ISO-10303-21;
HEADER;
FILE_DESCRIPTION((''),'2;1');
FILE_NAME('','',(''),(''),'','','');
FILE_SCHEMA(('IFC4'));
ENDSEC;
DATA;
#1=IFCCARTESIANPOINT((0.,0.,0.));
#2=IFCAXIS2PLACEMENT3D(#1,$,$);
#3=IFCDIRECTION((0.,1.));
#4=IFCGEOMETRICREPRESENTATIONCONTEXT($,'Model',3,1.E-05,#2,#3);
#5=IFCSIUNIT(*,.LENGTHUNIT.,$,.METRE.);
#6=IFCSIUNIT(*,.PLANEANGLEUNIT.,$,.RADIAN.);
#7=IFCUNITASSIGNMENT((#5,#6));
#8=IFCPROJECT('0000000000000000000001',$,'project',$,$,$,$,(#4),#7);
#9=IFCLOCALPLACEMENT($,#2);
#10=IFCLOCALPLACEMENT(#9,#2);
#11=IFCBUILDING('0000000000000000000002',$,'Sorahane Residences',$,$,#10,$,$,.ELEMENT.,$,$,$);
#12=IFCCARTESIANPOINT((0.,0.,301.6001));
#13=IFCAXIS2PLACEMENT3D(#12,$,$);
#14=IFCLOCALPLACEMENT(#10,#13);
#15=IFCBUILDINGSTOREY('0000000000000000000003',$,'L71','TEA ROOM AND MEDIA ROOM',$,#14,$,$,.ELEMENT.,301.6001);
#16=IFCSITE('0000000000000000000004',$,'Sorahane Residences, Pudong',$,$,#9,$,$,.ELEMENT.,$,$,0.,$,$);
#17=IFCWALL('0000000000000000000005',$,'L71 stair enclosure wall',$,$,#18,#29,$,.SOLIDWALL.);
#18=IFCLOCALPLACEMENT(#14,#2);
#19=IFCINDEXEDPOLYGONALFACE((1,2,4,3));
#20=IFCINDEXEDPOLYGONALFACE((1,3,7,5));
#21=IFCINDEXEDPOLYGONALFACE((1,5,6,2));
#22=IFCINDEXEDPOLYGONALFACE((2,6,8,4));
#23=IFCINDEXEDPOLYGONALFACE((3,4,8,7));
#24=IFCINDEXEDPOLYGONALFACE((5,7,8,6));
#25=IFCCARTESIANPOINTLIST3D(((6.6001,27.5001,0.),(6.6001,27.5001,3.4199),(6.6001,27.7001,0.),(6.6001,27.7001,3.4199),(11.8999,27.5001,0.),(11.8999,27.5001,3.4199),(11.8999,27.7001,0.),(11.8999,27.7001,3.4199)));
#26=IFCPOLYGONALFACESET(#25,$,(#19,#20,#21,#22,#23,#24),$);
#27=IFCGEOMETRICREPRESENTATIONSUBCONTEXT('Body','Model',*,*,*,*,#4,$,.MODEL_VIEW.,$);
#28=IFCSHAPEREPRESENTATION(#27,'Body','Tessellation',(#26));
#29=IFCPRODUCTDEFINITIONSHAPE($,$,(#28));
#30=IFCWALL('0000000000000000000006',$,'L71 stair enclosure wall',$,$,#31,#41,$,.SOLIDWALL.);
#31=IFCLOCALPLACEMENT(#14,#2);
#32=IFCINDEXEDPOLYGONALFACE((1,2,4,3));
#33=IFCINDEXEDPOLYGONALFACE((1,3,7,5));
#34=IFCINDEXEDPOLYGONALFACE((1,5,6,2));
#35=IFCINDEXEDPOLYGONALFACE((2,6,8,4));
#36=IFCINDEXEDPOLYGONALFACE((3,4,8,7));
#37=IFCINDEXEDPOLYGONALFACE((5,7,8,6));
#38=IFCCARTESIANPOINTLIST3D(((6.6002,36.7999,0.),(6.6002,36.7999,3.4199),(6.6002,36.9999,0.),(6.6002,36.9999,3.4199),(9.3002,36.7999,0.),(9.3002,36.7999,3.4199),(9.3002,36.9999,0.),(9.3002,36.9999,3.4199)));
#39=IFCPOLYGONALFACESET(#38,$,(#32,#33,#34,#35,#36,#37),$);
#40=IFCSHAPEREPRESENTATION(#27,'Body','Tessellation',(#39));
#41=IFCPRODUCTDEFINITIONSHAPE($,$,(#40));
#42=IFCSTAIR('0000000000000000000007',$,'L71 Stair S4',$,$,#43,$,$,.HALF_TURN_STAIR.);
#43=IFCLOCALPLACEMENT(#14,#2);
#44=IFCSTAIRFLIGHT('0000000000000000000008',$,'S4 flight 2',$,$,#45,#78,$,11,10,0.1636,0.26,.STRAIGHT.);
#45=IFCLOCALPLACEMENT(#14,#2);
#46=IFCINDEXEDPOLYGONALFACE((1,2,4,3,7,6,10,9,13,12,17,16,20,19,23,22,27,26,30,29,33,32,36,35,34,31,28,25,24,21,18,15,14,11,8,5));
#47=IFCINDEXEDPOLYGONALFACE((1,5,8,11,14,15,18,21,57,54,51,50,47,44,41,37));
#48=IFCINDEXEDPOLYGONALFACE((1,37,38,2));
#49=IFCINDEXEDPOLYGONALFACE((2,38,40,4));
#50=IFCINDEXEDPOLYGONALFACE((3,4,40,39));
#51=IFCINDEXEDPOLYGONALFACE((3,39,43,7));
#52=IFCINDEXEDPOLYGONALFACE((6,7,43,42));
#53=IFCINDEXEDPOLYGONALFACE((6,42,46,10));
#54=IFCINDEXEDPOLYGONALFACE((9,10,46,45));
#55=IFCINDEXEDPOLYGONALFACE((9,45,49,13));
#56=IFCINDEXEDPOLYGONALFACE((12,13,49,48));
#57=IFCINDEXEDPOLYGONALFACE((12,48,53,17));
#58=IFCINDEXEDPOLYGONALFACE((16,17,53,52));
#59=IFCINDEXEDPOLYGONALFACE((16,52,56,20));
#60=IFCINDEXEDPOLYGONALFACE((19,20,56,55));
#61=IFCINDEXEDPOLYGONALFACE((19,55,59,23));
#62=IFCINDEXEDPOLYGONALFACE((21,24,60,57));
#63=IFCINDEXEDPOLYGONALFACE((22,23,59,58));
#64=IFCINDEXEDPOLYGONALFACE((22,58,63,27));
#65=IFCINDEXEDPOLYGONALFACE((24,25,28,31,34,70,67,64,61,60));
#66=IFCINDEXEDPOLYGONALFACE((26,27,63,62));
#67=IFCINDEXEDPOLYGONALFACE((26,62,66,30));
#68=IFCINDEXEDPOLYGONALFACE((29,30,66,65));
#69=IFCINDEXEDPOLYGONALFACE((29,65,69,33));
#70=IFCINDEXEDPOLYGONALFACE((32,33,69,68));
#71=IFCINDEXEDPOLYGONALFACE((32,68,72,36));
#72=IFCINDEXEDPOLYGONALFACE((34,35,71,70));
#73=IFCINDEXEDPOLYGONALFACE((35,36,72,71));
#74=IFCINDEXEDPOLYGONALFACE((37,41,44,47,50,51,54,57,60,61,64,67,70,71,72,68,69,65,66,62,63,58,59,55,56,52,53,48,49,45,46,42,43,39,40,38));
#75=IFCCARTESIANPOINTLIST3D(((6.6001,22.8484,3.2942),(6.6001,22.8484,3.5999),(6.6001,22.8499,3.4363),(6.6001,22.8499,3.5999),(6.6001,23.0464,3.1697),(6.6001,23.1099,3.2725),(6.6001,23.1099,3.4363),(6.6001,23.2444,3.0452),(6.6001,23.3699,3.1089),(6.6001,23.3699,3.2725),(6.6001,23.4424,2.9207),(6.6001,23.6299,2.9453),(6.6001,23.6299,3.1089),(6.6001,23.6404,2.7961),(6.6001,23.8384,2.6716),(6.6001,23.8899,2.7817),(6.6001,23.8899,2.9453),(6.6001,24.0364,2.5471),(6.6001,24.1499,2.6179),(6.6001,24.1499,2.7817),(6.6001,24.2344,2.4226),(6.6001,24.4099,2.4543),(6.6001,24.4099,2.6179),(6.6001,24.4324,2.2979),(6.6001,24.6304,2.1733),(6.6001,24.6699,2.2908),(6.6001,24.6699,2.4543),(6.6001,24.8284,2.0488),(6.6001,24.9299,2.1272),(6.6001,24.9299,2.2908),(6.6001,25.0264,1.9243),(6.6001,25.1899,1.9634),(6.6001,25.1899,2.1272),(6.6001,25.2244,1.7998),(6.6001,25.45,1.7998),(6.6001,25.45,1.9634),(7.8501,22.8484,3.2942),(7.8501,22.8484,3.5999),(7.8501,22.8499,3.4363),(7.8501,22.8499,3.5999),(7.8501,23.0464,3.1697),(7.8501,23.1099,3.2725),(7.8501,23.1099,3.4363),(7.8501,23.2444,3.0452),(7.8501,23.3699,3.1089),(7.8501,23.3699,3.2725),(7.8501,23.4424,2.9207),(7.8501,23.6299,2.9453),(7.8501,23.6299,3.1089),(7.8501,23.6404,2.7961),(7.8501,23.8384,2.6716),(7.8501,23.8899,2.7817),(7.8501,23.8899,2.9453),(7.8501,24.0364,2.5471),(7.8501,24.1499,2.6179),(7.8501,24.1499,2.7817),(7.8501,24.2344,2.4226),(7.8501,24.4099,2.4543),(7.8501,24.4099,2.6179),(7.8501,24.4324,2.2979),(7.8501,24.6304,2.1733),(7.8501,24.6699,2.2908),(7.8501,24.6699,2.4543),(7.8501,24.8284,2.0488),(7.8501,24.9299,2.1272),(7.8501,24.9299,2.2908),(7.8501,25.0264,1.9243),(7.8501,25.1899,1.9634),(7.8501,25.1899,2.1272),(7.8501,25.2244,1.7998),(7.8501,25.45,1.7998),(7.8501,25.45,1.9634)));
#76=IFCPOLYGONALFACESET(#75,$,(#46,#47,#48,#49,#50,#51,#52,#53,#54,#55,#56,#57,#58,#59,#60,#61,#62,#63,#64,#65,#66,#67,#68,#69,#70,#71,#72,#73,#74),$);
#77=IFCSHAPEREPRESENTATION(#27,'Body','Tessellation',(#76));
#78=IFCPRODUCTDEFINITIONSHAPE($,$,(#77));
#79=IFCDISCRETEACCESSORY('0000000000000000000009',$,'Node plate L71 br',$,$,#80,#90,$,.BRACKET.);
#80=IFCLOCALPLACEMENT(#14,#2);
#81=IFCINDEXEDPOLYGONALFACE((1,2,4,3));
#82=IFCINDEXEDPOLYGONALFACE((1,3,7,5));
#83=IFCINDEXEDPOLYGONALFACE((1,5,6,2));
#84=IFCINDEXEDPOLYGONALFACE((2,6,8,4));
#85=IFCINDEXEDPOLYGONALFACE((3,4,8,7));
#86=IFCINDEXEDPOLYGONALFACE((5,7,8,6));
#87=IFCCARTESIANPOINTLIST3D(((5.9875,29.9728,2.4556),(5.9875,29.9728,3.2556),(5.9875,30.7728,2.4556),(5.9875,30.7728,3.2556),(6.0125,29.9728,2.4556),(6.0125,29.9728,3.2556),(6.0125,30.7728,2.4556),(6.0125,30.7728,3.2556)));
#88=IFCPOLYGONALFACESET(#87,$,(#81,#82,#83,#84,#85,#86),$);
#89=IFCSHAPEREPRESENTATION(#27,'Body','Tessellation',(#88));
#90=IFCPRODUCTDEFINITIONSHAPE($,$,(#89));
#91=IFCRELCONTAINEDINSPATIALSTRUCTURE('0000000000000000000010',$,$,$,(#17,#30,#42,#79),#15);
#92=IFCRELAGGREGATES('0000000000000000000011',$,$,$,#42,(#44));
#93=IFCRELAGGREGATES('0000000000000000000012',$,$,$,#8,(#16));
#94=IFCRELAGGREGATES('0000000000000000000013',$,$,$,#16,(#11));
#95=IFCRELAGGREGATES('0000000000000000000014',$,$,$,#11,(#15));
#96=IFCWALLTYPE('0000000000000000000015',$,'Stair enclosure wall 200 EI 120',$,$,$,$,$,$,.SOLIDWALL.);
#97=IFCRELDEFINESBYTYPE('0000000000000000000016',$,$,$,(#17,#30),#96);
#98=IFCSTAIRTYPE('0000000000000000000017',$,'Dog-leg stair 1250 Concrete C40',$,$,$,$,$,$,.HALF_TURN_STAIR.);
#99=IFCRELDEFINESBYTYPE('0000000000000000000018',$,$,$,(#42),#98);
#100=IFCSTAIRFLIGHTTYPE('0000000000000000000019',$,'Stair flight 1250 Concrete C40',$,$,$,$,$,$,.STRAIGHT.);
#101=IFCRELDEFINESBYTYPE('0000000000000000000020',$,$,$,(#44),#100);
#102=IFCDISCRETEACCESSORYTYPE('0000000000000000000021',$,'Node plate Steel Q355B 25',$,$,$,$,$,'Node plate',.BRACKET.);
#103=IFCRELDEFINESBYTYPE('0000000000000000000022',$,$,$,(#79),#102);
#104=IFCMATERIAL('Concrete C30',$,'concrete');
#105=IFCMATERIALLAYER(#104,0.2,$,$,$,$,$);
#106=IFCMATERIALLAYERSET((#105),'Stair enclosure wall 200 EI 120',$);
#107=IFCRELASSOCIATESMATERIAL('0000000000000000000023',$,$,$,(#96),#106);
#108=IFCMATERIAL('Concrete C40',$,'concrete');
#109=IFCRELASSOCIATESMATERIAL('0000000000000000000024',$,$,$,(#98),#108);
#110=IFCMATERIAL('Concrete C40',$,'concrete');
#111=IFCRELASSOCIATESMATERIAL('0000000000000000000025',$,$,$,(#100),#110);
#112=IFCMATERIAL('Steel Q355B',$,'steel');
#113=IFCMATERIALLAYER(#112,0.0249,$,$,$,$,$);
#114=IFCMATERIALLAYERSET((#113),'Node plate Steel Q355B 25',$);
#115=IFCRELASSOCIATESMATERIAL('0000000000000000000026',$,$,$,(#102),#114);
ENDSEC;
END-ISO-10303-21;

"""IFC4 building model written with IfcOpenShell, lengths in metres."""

from ifc_helpers import new_model, si_unit, direction, frame, frame_2d, origin, origin_2d, place, context, subcontext, project, spatial, polyline, rectangle, outline, extrude, material, layer, layer_set, type_object, element, aggregate, save


model = new_model("IFC4")

# Units and contexts
model_context = context("Model", 3, precision=1e-05, world=origin(), true_north=direction((0.0, 1.0)))
body_context = subcontext(model_context, "Body", "Model", "MODEL_VIEW")
ifc_project = project(units=[si_unit("LENGTHUNIT", "METRE"), si_unit("PLANEANGLEUNIT", "RADIAN")], contexts=[model_context])

# Site, building, storey
site_placement = place(None, origin())
site = spatial("IfcSite", under=ifc_project, at=site_placement, Name="Sorahane Residences, Pudong", CompositionType="ELEMENT", RefElevation=0.0)
building_placement = place(site_placement, origin())
building = spatial("IfcBuilding", under=site, at=building_placement, Name="Sorahane Residences", CompositionType="ELEMENT")
storey_placement = place(building_placement, frame((0.0, 0.0, 301.6001)))
storey = spatial("IfcBuildingStorey", under=building, at=storey_placement, Name="L71", Description="TEA ROOM AND MEDIA ROOM", CompositionType="ELEMENT", Elevation=301.6001)

# Walls
ifc_material_1 = material(Name="Concrete C30", Category="concrete")
ifc_layer_1 = layer(ifc_material_1, 0.2)
ifc_layer_set_1 = layer_set([ifc_layer_1], Name="Stair enclosure wall 200 EI 120")
wall_type_1 = type_object("IfcWallType", Name="Stair enclosure wall 200 EI 120", PredefinedType="SOLIDWALL", material=ifc_layer_set_1)
wall_1_placement = place(storey_placement, frame((6.6001, 27.6001, 0.0), z_axis=(0.0, 0.0, 1.0), x_axis=(1.0, 0.0, 0.0)))
element("IfcWall", 1, at=wall_1_placement, inside=storey, type_object=wall_type_1, Name="L71 stair enclosure wall", PredefinedType="SOLIDWALL", context=body_context, shape_type="SweptSolid", body=[
    extrude(rectangle(XDim=5.2998, YDim=0.2, at=frame_2d((2.6499, 0.0))), origin(), (0.0, 0.0, 1.0), 3.4199),
])
wall_2_placement = place(storey_placement, frame((6.6001, 36.8999, 0.0), z_axis=(0.0, 0.0, 1.0), x_axis=(1.0, 0.0, 0.0)))
element("IfcWall", 2, at=wall_2_placement, inside=storey, type_object=wall_type_1, Name="L71 stair enclosure wall", PredefinedType="SOLIDWALL", context=body_context, shape_type="SweptSolid", body=[
    extrude(rectangle(XDim=2.7, YDim=0.2, at=frame_2d((1.3501, 0.0))), origin(), (0.0, 0.0, 1.0), 3.4199),
])

# Stair, stair flight
ifc_material_2 = material(Name="Concrete C40", Category="concrete")
stair_type = type_object("IfcStairType", Name="Dog-leg stair 1250 Concrete C40", PredefinedType="HALF_TURN_STAIR", material=ifc_material_2)
stair_placement = place(storey_placement, origin())
stair = element("IfcStair", 3, at=stair_placement, inside=storey, type_object=stair_type, Name="L71 Stair S4", PredefinedType="HALF_TURN_STAIR")
ifc_material_3 = material(Name="Concrete C40", Category="concrete")
stair_flight_type = type_object("IfcStairFlightType", Name="Stair flight 1250 Concrete C40", PredefinedType="STRAIGHT", material=ifc_material_3)
stair_flight_placement = place(storey_placement, frame((7.2251, 25.45, 1.7998), z_axis=(0.0, 0.0, 1.0), x_axis=(0.0, -1.0, 0.0)))
stair_flight = element("IfcStairFlight", 4, at=stair_flight_placement, type_object=stair_flight_type, Name="S4 flight 2", NumberOfRisers=11, NumberOfTreads=10, PredefinedType="STRAIGHT", RiserHeight=0.1636, TreadLength=0.26, context=body_context, shape_type="SweptSolid", body=[
    extrude(outline(polyline([(0.0, 0.0), (0.0, 0.1636), (0.26, 0.1636), (0.26, 0.3274), (0.52, 0.3274), (0.52, 0.491), (0.78, 0.491), (0.78, 0.6545), (1.04, 0.6545), (1.04, 0.8181), (1.3, 0.8181), (1.3, 0.9819), (1.5601, 0.9819), (1.5601, 1.1455), (1.8201, 1.1455), (1.8201, 1.3091), (2.0801, 1.3091), (2.0801, 1.4727), (2.3401, 1.4727), (2.3401, 1.6365), (2.6001, 1.6365), (2.6001, 1.8), (2.6016, 1.8), (2.6016, 1.4944), (2.4036, 1.3699), (2.2056, 1.2454), (2.0076, 1.1208), (1.8096, 0.9963), (1.6116, 0.8718), (1.4136, 0.7473), (1.2156, 0.6228), (1.0176, 0.498), (0.8196, 0.3735), (0.6216, 0.249), (0.4236, 0.1245), (0.2256, 0.0), (0.0, 0.0)])), frame((0.0, 0.625, 0.0), z_axis=(0.0, -1.0, 0.0), x_axis=(1.0, 0.0, 0.0)), (0.0, 0.0, 1.0), 1.25),
])
aggregate(stair, [stair_flight])

# Discrete accessory
ifc_material_4 = material(Name="Steel Q355B", Category="steel")
ifc_layer_2 = layer(ifc_material_4, 0.0249)
ifc_layer_set_2 = layer_set([ifc_layer_2], Name="Node plate Steel Q355B 25")
discrete_accessory_type = type_object("IfcDiscreteAccessoryType", Name="Node plate Steel Q355B 25", ElementType="Node plate", PredefinedType="BRACKET", material=ifc_layer_set_2)
discrete_accessory_placement = place(storey_placement, frame((6.0, 30.3728, 2.4556), z_axis=(0.0, 0.0, 1.0), x_axis=(0.0, 1.0, 0.0)))
element("IfcDiscreteAccessory", 5, at=discrete_accessory_placement, inside=storey, type_object=discrete_accessory_type, Name="Node plate L71 br", PredefinedType="BRACKET", context=body_context, shape_type="SweptSolid", body=[
    extrude(rectangle(XDim=0.8, YDim=0.0249, at=origin_2d()), origin(), (0.0, 0.0, 1.0), 0.8),
])

save(model, "model.ifc")
